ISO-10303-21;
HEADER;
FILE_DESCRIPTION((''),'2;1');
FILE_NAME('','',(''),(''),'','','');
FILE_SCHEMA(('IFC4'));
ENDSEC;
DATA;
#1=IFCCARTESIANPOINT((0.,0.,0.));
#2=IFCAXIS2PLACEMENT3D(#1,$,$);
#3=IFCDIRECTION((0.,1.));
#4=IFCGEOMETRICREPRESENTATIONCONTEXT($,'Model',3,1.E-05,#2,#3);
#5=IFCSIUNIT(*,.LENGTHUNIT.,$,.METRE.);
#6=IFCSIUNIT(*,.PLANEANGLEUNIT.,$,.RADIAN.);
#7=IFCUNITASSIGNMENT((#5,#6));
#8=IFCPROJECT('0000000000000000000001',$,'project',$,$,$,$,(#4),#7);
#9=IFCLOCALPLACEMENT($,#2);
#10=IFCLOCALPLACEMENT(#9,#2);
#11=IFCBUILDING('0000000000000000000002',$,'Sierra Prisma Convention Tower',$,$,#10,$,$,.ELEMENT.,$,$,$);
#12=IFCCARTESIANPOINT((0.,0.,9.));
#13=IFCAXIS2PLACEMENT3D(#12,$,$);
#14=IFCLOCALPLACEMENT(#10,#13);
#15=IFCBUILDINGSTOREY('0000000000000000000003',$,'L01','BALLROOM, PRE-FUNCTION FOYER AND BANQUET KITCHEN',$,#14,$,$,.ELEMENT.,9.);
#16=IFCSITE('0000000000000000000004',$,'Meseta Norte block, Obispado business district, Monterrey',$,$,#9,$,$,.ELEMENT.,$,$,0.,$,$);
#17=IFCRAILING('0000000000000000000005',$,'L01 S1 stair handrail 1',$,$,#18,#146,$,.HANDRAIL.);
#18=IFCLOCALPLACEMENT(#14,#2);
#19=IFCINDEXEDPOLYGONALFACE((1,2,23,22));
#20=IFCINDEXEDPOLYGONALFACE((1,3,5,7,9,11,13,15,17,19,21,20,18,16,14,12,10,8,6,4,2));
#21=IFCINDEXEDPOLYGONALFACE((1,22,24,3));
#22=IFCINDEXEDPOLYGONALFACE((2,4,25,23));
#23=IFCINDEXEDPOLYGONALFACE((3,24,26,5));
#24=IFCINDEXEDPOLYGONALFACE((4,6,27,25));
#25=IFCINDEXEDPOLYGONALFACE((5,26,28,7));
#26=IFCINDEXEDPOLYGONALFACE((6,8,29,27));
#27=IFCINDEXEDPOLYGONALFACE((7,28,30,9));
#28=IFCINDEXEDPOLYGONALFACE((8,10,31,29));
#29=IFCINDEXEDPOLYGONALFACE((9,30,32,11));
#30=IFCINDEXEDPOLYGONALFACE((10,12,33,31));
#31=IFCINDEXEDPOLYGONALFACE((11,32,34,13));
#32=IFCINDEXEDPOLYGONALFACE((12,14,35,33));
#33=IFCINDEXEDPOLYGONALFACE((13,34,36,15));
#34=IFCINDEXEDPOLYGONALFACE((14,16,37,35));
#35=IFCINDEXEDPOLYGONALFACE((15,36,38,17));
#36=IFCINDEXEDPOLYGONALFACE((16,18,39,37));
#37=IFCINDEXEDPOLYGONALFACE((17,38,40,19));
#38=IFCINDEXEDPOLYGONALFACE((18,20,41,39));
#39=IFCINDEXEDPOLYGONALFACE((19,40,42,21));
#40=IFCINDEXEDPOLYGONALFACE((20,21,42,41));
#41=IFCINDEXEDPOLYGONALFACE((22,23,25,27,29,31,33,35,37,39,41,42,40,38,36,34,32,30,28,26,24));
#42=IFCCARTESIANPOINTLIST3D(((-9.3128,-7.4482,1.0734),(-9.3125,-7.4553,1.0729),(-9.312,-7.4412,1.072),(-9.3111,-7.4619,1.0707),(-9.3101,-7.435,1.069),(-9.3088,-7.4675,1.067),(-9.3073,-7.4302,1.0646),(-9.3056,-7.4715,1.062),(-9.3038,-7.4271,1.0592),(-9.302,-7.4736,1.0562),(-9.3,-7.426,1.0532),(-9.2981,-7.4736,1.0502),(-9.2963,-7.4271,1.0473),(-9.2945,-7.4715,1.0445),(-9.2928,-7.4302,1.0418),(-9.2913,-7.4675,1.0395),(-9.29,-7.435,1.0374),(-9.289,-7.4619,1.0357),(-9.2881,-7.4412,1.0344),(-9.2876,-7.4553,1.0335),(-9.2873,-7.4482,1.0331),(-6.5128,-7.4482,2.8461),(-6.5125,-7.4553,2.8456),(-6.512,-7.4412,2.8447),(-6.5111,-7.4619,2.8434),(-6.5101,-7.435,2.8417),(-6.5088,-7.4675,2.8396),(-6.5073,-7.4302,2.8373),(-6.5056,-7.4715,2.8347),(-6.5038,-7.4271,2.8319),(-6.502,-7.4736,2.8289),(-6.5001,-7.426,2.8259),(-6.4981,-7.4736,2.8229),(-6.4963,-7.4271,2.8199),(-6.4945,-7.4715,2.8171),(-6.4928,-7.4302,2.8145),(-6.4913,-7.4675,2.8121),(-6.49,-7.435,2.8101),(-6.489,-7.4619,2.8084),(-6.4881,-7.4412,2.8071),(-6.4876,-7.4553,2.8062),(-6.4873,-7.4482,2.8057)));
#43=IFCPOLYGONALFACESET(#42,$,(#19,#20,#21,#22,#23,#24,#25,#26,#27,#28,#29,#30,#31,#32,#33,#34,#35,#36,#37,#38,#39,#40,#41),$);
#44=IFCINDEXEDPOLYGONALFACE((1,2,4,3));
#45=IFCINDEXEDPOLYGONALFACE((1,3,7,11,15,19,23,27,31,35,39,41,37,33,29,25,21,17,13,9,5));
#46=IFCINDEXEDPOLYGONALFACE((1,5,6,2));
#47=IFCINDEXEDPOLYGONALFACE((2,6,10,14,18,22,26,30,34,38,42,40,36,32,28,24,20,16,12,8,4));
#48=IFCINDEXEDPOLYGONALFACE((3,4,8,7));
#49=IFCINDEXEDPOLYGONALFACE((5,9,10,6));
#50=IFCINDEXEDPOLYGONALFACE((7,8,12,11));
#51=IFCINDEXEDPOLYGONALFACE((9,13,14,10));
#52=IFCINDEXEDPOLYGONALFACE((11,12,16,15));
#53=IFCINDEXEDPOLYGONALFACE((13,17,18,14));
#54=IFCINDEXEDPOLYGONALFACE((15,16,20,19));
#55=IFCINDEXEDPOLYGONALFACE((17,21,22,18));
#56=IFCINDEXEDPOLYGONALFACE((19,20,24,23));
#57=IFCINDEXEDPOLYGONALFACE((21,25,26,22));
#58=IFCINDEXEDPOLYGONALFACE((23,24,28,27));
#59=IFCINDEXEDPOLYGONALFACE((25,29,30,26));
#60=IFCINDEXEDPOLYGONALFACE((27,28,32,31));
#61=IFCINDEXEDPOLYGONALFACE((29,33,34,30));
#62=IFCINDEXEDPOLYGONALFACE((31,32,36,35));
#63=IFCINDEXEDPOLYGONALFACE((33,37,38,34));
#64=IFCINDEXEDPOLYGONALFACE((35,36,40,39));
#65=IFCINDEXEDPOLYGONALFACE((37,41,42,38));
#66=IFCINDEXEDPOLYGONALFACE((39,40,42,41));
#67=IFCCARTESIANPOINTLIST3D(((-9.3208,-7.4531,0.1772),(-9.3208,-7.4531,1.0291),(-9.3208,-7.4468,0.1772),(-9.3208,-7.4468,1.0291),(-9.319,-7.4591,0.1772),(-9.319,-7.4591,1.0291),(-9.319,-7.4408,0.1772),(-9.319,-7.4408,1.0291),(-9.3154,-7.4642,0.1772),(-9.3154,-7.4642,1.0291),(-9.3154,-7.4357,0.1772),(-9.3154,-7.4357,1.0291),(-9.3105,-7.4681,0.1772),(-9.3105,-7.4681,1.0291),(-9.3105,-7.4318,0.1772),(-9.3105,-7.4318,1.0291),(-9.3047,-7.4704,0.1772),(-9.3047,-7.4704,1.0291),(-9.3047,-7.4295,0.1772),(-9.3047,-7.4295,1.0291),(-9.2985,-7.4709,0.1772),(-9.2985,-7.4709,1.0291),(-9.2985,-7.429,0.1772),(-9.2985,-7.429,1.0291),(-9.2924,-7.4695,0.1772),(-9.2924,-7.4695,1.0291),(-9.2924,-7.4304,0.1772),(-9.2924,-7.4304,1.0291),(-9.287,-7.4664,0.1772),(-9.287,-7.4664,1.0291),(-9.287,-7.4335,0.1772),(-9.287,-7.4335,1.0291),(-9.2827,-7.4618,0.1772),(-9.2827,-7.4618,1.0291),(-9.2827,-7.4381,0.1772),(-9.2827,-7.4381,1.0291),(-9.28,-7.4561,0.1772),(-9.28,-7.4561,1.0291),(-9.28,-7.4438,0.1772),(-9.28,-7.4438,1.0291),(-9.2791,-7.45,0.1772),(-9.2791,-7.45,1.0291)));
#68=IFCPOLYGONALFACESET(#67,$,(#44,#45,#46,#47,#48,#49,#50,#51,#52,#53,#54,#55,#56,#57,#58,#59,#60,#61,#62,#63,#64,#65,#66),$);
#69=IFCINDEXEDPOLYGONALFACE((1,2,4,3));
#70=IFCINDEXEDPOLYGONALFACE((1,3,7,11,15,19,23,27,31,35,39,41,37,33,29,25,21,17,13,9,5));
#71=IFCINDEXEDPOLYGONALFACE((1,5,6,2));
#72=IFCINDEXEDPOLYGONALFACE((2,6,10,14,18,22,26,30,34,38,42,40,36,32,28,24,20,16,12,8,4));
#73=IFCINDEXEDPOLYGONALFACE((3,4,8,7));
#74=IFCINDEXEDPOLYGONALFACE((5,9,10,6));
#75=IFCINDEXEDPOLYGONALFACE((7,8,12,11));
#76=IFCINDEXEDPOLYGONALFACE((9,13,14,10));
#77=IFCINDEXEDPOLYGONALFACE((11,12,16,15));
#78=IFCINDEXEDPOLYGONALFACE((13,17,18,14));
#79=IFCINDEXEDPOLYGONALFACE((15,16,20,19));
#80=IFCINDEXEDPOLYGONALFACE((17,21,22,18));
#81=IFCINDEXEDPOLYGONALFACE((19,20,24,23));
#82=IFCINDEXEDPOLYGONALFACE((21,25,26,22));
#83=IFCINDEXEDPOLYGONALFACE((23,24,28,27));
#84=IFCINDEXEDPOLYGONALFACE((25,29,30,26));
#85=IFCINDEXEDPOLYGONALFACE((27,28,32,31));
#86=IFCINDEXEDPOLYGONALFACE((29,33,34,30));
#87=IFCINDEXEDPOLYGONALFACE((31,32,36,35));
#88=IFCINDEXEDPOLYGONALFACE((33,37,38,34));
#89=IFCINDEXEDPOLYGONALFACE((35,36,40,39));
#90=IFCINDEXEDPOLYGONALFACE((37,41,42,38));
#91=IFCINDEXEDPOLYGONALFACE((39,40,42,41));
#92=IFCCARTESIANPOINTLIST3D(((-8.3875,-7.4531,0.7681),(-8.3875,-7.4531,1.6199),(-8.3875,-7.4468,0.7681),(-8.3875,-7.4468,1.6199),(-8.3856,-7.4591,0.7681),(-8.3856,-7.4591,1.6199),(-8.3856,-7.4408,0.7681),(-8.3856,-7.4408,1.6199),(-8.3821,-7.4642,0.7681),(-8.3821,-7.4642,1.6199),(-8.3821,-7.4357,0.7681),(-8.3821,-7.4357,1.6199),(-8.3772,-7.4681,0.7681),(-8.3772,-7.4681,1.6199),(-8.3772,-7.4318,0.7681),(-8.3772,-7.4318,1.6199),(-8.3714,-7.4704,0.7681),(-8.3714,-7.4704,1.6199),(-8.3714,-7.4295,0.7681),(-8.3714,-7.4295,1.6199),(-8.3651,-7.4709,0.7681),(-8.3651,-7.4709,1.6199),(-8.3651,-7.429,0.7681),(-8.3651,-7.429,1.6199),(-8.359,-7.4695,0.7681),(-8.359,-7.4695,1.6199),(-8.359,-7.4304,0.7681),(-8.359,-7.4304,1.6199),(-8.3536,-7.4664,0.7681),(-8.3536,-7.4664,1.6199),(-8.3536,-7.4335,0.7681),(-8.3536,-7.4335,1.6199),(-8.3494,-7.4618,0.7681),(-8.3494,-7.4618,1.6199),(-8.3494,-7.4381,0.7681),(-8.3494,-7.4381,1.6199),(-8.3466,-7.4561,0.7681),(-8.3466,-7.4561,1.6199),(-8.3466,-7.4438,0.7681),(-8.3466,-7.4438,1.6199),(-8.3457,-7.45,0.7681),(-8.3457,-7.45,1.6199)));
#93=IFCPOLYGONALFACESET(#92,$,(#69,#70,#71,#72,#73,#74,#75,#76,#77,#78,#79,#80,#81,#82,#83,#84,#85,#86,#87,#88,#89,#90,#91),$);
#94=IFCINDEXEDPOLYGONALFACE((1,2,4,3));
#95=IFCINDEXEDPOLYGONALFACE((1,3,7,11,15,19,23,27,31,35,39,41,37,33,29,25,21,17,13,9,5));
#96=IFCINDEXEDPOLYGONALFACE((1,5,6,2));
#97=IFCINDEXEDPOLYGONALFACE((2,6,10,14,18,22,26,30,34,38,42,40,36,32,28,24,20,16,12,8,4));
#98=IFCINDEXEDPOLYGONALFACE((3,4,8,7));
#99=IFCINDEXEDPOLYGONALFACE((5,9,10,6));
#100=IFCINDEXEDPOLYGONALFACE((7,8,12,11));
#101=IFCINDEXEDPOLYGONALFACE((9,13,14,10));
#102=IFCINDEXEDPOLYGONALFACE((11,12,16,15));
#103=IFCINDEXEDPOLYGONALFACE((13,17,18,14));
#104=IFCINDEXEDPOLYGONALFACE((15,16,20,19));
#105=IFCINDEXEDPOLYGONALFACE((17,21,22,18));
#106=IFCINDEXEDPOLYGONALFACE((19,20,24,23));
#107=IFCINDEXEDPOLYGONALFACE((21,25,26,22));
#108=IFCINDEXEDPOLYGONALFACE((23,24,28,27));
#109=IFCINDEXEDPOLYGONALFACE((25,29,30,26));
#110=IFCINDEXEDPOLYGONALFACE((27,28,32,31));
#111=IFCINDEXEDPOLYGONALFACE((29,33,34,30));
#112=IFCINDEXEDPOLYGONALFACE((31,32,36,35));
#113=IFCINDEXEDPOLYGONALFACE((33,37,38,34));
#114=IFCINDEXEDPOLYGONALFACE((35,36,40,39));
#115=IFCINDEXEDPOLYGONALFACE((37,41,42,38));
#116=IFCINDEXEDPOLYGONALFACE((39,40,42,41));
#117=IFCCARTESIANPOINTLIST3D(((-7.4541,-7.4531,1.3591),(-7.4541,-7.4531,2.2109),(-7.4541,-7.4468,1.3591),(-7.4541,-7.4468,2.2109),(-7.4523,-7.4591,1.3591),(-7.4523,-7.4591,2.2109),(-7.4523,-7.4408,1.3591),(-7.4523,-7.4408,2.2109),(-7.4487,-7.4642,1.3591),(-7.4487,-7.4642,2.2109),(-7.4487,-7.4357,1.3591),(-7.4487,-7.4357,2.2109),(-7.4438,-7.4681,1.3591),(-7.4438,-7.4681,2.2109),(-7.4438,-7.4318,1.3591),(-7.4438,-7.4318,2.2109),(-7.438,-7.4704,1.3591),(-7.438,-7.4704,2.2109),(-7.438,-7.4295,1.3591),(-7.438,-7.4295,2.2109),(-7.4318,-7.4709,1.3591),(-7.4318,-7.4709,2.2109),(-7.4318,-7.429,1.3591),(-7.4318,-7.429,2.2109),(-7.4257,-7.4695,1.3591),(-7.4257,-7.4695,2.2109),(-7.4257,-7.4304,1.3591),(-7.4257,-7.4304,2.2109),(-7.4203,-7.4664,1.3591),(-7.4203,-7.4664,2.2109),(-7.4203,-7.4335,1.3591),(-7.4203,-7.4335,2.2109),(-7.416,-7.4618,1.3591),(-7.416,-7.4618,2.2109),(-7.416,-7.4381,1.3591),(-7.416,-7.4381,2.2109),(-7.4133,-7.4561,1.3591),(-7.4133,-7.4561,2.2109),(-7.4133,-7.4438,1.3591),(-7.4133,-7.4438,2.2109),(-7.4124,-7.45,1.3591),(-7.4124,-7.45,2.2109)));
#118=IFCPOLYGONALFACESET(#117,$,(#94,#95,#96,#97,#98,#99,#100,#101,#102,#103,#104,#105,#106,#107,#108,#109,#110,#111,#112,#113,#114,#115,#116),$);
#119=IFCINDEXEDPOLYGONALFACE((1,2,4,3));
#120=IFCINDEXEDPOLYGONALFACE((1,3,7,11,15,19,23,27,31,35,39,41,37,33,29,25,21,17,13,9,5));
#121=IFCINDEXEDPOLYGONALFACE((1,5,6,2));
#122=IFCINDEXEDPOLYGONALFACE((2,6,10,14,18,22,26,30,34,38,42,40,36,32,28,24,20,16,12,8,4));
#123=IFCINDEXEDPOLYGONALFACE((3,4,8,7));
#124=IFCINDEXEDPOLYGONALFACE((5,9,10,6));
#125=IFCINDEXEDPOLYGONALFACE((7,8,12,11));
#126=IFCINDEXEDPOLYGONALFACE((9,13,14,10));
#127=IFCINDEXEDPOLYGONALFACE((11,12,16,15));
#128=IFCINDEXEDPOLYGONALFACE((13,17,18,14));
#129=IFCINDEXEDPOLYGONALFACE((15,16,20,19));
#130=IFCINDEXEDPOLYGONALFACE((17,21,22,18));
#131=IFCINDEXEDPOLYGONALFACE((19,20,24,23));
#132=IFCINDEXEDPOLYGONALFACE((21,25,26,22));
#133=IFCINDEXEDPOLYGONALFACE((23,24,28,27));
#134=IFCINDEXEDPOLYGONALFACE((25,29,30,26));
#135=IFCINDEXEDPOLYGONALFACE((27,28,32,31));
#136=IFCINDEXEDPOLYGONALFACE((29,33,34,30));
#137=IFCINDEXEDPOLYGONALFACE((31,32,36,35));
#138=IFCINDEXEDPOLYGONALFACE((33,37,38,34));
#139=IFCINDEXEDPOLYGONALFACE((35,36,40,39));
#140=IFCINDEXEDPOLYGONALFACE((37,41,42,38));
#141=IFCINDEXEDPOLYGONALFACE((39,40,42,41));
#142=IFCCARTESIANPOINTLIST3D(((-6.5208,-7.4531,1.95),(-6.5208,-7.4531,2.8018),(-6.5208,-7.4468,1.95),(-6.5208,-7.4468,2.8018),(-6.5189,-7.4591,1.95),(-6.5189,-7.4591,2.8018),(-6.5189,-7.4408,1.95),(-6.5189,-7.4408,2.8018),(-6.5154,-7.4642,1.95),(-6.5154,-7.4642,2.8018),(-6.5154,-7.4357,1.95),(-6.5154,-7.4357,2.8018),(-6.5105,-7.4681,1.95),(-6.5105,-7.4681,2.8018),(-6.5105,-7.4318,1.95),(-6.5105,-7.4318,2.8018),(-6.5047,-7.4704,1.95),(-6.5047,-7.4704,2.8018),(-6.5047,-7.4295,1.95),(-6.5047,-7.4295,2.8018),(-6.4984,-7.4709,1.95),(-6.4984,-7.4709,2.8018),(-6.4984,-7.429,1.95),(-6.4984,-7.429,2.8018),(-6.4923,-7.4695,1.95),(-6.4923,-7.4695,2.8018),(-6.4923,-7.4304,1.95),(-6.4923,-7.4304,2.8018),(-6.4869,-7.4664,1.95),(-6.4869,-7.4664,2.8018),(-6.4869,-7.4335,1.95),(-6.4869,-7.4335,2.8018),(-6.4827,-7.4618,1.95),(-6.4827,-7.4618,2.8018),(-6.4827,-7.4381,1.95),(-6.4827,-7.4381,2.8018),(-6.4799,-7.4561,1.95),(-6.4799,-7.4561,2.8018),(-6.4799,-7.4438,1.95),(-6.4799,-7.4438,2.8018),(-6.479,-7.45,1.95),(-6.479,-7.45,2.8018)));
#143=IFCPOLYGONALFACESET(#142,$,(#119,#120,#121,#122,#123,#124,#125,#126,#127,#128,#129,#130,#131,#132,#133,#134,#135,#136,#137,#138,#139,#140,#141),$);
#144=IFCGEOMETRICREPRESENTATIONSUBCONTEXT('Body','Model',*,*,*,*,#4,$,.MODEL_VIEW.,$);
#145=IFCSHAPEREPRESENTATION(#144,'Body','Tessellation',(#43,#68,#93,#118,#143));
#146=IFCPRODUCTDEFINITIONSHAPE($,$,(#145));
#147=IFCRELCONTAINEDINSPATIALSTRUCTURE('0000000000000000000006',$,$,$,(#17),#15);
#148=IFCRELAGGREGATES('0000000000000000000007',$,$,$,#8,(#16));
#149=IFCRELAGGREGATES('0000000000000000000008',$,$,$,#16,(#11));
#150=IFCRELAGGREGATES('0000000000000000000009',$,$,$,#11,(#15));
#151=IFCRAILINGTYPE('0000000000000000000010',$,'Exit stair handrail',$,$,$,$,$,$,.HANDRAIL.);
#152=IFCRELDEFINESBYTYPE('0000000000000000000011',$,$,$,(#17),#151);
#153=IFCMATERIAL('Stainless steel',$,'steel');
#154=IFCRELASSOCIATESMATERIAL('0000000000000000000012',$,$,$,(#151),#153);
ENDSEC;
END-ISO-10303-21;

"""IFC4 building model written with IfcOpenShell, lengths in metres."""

from ifc_helpers import new_model, si_unit, direction, frame, origin, origin_2d, place, context, subcontext, project, spatial, circle, extrude, material, type_object, element, save


model = new_model("IFC4")

# Units and contexts
model_context = context("Model", 3, precision=1e-05, world=origin(), true_north=direction((0.0, 1.0)))
body_context = subcontext(model_context, "Body", "Model", "MODEL_VIEW")
ifc_project = project(units=[si_unit("LENGTHUNIT", "METRE"), si_unit("PLANEANGLEUNIT", "RADIAN")], contexts=[model_context])

# Site, building, storey
site_placement = place(None, origin())
site = spatial("IfcSite", under=ifc_project, at=site_placement, Name="Meseta Norte block, Obispado business district, Monterrey", CompositionType="ELEMENT", RefElevation=0.0)
building_placement = place(site_placement, origin())
building = spatial("IfcBuilding", under=site, at=building_placement, Name="Sierra Prisma Convention Tower", CompositionType="ELEMENT")
storey_placement = place(building_placement, frame((0.0, 0.0, 9.0)))
storey = spatial("IfcBuildingStorey", under=building, at=storey_placement, Name="L01", Description="BALLROOM, PRE-FUNCTION FOYER AND BANQUET KITCHEN", CompositionType="ELEMENT", Elevation=9.0)

# Railing
ifc_material_1 = material(Name="Stainless steel", Category="steel")
railing_type_1 = type_object("IfcRailingType", Name="Exit stair handrail", PredefinedType="HANDRAIL", material=ifc_material_1)
for number, where, name in (
    (1, (-9.3, -7.45, 0.1772), "L01 S1 stair handrail 1"),
):
    element("IfcRailing", number, at=place(storey_placement, frame(where)), inside=storey, type_object=railing_type_1, Name=name, PredefinedType="HANDRAIL", context=body_context, shape_type="SweptSolid", body=[
        extrude(circle(Radius=0.0239, at=origin_2d()), frame((0.0, 0.0, 0.876), z_axis=(0.844909, 0.0, 0.53491), x_axis=(0.0, 1.0, 0.0)), (0.0, 0.0, 1.0), 3.314),
        extrude(circle(Radius=0.021, at=origin_2d()), origin(), (0.0, 0.0, 1.0), 0.8518),
        extrude(circle(Radius=0.021, at=origin_2d()), frame((0.9333, 0.0, 0.5908)), (0.0, 0.0, 1.0), 0.8518),
        extrude(circle(Radius=0.021, at=origin_2d()), frame((1.8667, 0.0, 1.1819)), (0.0, 0.0, 1.0), 0.8518),
        extrude(circle(Radius=0.021, at=origin_2d()), frame((2.8, 0.0, 1.7727)), (0.0, 0.0, 1.0), 0.8518),
    ])

save(model, "model.ifc")
